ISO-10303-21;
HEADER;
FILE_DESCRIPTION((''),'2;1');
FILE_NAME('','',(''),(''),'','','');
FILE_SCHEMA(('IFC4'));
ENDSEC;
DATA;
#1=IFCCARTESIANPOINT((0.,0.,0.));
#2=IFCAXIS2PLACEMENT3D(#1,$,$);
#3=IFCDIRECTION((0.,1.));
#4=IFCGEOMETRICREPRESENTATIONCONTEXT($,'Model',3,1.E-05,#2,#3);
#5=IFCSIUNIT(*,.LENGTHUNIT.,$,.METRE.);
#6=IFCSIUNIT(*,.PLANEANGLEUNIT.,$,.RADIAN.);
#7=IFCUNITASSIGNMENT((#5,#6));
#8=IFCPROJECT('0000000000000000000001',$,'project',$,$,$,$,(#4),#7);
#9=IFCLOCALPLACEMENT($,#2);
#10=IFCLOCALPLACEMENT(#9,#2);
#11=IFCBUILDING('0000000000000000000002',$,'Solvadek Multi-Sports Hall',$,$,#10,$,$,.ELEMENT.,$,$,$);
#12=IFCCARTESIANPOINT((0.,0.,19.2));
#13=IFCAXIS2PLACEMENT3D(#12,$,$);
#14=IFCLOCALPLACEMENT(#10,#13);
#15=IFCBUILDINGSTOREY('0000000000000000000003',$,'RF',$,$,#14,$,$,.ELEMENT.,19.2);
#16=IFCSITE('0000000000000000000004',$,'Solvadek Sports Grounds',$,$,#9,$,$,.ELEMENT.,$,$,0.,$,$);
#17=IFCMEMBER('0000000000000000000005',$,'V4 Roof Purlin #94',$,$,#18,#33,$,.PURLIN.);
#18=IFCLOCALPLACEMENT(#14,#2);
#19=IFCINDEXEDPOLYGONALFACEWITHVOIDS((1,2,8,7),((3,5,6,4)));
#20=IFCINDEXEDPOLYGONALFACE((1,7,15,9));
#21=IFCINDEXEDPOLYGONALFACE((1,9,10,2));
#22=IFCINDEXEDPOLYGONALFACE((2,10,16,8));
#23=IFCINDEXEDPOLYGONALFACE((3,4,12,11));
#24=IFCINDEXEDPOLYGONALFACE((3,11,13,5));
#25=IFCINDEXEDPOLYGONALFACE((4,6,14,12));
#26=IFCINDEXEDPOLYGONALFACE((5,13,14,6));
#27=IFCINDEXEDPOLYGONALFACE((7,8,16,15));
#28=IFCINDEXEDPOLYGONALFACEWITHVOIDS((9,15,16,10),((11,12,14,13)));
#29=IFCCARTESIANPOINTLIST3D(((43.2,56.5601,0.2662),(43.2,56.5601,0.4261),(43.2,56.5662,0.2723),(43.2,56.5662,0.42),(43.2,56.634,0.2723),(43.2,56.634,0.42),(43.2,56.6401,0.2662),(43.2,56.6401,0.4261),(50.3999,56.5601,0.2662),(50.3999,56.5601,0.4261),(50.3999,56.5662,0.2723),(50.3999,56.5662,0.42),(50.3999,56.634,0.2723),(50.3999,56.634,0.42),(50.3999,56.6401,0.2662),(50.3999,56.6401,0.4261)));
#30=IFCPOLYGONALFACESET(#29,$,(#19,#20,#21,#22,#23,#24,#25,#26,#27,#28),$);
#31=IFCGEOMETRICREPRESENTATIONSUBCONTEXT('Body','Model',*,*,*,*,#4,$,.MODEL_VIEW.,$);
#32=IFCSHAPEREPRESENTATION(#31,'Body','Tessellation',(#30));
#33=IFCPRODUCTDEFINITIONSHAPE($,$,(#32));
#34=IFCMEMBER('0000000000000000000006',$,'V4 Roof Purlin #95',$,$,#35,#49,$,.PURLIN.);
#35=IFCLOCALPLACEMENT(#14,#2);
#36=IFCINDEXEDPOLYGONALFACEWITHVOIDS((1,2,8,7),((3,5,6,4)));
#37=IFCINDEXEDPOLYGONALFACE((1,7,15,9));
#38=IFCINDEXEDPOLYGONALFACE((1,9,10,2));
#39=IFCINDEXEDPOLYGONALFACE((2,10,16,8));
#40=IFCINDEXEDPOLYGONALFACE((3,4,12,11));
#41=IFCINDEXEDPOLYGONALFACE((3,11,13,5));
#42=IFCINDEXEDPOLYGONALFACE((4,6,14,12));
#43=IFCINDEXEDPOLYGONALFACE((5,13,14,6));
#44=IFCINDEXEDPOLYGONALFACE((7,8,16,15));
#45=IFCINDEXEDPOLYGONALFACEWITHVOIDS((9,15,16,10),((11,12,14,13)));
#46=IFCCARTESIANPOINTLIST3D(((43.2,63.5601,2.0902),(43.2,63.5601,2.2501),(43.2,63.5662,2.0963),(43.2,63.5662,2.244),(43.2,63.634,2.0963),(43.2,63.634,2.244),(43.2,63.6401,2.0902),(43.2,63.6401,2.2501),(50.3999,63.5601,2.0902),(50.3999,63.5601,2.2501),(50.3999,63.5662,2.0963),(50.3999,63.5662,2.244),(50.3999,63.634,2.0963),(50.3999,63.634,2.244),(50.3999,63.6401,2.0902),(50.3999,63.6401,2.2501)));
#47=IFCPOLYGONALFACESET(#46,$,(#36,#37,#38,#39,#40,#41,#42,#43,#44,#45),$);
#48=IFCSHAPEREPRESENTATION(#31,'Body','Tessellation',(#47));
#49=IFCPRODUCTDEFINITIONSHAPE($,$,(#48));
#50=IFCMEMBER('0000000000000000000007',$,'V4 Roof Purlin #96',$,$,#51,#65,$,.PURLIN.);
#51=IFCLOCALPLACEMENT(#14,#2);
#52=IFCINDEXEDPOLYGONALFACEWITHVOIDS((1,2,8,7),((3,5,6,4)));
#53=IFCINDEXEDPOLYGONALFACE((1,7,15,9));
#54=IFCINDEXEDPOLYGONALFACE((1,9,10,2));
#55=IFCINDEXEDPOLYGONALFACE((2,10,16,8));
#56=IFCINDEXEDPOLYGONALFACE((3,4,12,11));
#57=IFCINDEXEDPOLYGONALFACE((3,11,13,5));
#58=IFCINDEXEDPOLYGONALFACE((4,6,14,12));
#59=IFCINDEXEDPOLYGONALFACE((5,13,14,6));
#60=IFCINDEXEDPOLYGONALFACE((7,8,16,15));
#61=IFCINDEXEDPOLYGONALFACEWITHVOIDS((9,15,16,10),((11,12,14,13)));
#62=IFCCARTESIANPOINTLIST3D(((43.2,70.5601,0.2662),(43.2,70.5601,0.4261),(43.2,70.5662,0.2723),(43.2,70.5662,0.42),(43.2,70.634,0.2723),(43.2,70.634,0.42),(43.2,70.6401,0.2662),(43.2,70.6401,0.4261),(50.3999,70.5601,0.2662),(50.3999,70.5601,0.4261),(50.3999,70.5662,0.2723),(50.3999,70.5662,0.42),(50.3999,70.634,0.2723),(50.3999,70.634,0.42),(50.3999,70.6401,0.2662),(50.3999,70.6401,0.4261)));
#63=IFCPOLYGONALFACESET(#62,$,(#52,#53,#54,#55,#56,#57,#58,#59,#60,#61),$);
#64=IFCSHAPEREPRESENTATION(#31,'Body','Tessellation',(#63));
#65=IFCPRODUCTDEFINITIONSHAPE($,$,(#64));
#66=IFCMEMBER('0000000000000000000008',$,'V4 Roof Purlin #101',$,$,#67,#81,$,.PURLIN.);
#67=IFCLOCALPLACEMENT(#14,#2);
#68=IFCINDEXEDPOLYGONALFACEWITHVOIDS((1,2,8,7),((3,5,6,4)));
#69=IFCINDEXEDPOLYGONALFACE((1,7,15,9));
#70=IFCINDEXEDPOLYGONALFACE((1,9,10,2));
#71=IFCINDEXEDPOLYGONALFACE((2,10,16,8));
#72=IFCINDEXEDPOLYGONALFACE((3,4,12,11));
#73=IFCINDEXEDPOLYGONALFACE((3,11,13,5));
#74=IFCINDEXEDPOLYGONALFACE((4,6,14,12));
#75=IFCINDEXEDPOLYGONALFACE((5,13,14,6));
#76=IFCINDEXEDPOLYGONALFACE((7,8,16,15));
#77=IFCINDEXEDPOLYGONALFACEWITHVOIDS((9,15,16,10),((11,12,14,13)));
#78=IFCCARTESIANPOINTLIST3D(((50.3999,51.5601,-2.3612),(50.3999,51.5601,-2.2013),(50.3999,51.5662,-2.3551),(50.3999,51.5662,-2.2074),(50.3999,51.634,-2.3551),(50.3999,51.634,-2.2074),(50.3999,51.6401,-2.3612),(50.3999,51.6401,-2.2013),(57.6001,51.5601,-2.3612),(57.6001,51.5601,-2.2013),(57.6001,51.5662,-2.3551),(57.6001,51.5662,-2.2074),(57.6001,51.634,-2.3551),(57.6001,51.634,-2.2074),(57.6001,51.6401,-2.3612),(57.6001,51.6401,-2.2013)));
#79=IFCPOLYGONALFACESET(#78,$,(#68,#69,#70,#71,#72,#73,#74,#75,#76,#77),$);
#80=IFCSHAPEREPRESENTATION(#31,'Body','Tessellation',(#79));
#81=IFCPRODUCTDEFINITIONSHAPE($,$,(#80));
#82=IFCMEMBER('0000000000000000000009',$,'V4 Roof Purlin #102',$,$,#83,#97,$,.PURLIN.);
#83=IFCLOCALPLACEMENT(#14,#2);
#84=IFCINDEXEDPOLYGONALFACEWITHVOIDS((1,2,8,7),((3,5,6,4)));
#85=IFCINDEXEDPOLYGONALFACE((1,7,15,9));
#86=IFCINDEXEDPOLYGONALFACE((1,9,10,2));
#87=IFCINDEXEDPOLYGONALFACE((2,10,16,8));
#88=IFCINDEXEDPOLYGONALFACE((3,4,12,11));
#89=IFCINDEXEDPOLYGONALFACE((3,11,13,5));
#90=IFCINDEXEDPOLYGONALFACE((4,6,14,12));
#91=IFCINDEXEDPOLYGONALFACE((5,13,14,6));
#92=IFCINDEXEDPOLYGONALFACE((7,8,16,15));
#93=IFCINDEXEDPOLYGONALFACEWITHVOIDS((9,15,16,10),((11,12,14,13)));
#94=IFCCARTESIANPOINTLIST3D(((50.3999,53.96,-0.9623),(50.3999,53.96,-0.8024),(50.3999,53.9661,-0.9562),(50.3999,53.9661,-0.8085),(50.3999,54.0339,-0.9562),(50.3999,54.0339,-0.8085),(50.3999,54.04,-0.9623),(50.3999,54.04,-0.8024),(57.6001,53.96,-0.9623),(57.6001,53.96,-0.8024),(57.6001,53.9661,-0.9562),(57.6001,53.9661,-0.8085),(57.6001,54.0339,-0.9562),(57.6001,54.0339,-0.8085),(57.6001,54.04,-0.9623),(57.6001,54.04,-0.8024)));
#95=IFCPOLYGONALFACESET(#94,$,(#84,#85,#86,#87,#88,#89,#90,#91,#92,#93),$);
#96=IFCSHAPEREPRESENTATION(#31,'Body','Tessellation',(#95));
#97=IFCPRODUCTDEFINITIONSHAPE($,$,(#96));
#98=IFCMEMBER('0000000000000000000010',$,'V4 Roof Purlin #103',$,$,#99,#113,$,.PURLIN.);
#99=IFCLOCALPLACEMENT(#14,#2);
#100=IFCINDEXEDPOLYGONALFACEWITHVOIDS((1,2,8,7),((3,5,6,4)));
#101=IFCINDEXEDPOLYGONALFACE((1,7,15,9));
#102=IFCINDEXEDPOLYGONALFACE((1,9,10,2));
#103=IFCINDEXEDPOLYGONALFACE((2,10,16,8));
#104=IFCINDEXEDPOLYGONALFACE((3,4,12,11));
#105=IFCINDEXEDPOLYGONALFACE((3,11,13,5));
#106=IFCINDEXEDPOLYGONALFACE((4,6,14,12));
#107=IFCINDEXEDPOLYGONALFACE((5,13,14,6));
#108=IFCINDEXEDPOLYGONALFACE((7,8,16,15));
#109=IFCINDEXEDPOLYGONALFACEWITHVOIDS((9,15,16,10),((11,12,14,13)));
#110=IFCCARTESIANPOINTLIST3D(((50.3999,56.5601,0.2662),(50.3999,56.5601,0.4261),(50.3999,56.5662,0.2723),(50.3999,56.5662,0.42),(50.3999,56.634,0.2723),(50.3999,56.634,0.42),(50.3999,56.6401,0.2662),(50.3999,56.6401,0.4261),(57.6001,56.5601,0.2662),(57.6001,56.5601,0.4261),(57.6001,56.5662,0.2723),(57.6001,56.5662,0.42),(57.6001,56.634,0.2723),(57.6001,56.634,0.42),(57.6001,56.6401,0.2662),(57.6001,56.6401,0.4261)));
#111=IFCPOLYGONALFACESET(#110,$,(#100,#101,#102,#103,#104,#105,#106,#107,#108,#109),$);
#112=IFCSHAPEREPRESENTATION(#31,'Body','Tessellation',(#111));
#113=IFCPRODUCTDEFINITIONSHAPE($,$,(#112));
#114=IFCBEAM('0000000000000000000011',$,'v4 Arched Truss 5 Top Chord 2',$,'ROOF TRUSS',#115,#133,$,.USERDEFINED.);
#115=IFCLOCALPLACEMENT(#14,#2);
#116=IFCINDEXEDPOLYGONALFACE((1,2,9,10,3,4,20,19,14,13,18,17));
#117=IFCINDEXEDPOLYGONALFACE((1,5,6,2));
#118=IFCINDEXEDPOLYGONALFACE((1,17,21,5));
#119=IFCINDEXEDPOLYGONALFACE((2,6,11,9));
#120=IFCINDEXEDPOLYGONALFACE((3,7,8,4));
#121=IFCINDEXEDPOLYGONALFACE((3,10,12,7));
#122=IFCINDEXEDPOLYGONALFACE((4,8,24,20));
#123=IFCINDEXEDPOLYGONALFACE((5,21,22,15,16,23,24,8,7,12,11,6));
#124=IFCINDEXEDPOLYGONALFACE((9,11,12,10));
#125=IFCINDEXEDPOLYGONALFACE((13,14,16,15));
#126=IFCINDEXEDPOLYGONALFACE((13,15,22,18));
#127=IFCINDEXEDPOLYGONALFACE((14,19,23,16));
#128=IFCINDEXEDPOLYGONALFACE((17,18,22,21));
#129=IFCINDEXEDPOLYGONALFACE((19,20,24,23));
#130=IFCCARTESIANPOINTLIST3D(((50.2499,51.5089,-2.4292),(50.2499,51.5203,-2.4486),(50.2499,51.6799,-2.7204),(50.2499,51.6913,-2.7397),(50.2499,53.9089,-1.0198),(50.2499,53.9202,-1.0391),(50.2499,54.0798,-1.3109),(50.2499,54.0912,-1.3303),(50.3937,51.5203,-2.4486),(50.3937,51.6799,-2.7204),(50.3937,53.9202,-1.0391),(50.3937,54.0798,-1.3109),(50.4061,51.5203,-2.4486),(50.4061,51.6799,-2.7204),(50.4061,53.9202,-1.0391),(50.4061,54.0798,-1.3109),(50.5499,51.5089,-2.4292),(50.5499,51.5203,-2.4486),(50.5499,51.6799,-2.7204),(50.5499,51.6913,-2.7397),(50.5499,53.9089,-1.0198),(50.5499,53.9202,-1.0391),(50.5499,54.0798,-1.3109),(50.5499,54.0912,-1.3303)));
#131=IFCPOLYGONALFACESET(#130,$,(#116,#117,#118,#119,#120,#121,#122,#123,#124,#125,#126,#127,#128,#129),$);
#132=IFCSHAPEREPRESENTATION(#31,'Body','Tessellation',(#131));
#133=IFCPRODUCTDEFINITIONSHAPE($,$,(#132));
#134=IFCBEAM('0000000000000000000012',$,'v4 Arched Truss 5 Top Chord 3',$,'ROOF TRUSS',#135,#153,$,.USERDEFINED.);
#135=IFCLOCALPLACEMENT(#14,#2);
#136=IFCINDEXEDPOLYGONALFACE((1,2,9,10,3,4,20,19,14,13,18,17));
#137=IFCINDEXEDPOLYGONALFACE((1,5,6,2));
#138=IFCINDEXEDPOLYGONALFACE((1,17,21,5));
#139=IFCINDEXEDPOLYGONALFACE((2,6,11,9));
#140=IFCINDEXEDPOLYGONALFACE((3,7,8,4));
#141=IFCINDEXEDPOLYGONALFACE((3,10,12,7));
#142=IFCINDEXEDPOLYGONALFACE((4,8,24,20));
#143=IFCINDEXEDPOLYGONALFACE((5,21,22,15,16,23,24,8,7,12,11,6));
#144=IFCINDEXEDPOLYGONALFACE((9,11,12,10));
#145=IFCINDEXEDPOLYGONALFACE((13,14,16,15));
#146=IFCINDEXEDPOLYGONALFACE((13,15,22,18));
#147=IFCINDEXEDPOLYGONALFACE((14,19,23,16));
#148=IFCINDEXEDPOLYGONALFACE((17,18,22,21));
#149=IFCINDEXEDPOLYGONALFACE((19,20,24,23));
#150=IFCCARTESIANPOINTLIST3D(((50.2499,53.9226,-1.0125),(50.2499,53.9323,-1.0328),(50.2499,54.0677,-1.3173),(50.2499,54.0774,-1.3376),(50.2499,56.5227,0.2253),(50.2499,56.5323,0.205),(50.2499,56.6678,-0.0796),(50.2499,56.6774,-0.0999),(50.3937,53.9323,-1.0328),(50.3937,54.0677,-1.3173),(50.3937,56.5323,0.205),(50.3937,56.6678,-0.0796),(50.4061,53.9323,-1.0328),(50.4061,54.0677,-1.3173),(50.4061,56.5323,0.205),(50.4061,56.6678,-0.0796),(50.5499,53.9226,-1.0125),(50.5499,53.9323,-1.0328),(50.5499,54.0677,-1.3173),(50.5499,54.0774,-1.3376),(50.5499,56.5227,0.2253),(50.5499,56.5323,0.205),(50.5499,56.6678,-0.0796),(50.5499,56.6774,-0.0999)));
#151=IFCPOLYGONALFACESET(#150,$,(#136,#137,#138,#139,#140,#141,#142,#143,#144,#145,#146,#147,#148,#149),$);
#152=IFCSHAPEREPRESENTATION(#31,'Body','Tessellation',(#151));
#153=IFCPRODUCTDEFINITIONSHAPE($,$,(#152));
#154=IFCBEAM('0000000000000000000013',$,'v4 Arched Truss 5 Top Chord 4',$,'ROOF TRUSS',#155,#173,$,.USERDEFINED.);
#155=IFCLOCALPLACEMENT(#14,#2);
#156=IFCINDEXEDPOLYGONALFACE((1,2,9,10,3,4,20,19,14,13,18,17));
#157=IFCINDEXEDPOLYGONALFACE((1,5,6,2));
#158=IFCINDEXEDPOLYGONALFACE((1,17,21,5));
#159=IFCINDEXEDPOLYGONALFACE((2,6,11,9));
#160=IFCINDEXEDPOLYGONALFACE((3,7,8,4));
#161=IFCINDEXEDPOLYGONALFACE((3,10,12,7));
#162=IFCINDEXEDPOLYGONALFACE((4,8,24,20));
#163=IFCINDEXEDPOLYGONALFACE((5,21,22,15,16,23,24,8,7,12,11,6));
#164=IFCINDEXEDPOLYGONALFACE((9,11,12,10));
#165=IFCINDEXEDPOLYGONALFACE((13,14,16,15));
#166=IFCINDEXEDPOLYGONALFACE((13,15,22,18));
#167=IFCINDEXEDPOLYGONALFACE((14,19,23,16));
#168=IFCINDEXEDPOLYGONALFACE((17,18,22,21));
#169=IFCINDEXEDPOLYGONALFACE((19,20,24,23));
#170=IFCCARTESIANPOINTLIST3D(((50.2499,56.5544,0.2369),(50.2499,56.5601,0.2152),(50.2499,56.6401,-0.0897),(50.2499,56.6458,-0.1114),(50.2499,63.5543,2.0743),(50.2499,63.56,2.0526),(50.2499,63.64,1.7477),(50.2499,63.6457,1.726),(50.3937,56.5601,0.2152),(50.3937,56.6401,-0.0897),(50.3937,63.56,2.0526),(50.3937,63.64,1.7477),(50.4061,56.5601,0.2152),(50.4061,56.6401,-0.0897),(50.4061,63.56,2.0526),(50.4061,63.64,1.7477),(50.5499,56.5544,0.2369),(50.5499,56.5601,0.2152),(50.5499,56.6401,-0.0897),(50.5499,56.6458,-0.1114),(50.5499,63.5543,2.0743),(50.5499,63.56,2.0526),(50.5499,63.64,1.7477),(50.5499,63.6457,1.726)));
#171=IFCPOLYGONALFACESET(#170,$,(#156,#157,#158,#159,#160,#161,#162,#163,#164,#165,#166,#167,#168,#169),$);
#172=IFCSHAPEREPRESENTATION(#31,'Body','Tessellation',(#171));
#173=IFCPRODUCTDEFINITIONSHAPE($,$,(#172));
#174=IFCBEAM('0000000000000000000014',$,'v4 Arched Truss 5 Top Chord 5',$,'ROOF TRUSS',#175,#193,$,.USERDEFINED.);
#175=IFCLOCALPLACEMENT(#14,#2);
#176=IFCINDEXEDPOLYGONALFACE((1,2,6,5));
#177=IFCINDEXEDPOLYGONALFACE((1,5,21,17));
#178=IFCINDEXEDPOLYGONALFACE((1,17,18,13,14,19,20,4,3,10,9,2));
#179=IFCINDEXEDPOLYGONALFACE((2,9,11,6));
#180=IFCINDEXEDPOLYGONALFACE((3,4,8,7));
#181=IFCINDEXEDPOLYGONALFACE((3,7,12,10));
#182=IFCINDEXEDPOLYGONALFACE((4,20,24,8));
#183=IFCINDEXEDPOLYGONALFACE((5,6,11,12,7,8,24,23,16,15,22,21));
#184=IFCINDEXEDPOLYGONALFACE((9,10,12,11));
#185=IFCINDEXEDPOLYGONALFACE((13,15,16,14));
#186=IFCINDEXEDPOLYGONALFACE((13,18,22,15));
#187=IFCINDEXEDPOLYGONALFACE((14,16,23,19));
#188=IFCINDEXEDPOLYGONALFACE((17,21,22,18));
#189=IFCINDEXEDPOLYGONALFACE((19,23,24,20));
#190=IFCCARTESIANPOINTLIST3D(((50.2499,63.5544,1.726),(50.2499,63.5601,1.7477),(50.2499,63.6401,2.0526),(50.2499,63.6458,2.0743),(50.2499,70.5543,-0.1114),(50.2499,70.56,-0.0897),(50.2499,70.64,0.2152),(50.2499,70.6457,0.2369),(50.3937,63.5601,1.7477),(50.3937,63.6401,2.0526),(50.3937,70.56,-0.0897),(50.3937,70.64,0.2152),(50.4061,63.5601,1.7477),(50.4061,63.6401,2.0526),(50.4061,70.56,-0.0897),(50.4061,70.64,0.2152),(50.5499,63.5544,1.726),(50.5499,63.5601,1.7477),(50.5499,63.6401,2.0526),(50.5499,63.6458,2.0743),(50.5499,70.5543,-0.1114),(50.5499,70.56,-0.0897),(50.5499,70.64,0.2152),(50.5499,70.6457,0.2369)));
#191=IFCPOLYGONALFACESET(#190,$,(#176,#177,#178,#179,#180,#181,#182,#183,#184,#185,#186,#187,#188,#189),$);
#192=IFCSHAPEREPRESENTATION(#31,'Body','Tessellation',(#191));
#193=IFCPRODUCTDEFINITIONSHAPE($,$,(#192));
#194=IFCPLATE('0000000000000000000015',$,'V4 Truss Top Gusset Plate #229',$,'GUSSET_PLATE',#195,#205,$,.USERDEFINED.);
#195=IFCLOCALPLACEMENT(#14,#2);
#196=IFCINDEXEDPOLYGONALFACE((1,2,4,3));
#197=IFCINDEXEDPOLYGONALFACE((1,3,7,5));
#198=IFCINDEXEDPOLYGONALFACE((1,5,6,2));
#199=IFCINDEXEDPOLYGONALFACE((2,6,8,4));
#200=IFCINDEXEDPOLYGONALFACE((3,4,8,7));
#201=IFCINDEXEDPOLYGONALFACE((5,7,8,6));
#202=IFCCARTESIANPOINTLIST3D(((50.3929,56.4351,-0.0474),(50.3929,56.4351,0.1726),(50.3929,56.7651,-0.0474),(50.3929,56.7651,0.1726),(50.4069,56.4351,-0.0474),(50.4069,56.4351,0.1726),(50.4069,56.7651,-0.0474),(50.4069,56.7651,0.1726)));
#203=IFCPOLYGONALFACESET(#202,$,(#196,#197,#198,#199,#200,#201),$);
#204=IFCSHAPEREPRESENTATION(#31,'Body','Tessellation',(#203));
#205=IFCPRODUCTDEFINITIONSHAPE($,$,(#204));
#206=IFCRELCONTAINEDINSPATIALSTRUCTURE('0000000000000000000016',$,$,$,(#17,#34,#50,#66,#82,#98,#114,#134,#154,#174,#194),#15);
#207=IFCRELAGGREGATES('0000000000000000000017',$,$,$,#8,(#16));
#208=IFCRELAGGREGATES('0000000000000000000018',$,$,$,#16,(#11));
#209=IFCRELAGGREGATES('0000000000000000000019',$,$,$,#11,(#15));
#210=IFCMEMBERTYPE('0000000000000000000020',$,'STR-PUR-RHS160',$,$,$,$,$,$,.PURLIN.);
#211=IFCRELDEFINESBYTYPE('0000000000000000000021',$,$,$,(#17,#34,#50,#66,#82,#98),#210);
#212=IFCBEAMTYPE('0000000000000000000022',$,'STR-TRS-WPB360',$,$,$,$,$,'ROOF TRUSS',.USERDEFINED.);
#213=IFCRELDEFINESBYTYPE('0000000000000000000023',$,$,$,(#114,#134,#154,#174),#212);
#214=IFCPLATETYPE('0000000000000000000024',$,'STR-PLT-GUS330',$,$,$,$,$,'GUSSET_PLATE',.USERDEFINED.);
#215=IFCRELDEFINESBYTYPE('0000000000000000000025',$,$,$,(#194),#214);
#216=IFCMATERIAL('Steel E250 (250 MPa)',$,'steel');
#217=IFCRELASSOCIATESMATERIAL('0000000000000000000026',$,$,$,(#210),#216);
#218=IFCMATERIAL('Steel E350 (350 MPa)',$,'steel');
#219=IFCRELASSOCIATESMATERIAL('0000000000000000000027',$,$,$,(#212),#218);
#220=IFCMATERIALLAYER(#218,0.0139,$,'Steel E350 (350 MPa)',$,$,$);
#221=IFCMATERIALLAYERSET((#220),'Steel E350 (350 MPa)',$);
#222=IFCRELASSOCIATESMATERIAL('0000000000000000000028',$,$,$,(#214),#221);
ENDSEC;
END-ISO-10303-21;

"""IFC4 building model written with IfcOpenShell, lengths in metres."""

from ifc_helpers import new_model, si_unit, direction, frame, origin, origin_2d, place, context, subcontext, project, spatial, rectangle, hollow_rectangle, i_section, extrude, material, layer, layer_set, material_profile, profile_set, type_object, element, save


model = new_model("IFC4")

# Units and contexts
model_context = context("Model", 3, precision=1e-05, world=origin(), true_north=direction((0.0, 1.0)))
body_context = subcontext(model_context, "Body", "Model", "MODEL_VIEW")
ifc_project = project(units=[si_unit("LENGTHUNIT", "METRE"), si_unit("PLANEANGLEUNIT", "RADIAN")], contexts=[model_context])

# Site, building, storey
site_placement = place(None, origin())
site = spatial("IfcSite", under=ifc_project, at=site_placement, Name="Solvadek Sports Grounds", CompositionType="ELEMENT", RefElevation=0.0)
building_placement = place(site_placement, origin())
building = spatial("IfcBuilding", under=site, at=building_placement, Name="Solvadek Multi-Sports Hall", CompositionType="ELEMENT")
storey_placement = place(building_placement, frame((0.0, 0.0, 19.2)))
storey = spatial("IfcBuildingStorey", under=building, at=storey_placement, Name="RF", CompositionType="ELEMENT", Elevation=19.2)

# Members
ifc_material_1 = material(Name="Steel E350 (350 MPa)", Category="steel")
ifc_material_2 = material(Name="Steel E250 (250 MPa)", Category="steel")
ifc_material_profile_1 = material_profile(ifc_material_2, hollow_rectangle(XDim=0.0801, YDim=0.1599, WallThickness=0.0061, at=origin_2d()), Name="RHS 160x80x6")
ifc_profile_set_1 = profile_set([ifc_material_profile_1], Name="Steel E250 (250 MPa)")
member_type_1 = type_object("IfcMemberType", Name="STR-PUR-RHS160", PredefinedType="PURLIN", material=ifc_profile_set_1)
for number, where, z_axis, x_axis, name in (
    (1, (43.2, 56.6001, 0.3462), (1.0, 0.0, 0.0), (0.0, 1.0, 0.0), "V4 Roof Purlin #94"),
    (2, (43.2, 63.6001, 2.1702), (1.0, 0.0, 0.0), (0.0, 1.0, 0.0), "V4 Roof Purlin #95"),
    (3, (43.2, 70.6001, 0.3462), (1.0, 0.0, 0.0), (0.0, 1.0, 0.0), "V4 Roof Purlin #96"),
):
    element("IfcMember", number, at=place(storey_placement, frame(where, z_axis=z_axis, x_axis=x_axis)), inside=storey, type_object=member_type_1, Name=name, PredefinedType="PURLIN", context=body_context, shape_type="SweptSolid", body=[
        extrude(hollow_rectangle(XDim=0.0801, YDim=0.1599, WallThickness=0.0061, at=origin_2d()), origin(), (0.0, 0.0, 1.0), 7.2),
    ])
for number, where, z_axis, x_axis, name in (
    (4, (50.3999, 51.6001, -2.2812), (1.0, 0.0, 0.0), (0.0, 1.0, 0.0), "V4 Roof Purlin #101"),
    (5, (50.3999, 54.0, -0.8823), (1.0, 0.0, 0.0), (0.0, 1.0, 0.0), "V4 Roof Purlin #102"),
    (6, (50.3999, 56.6001, 0.3462), (1.0, 0.0, 0.0), (0.0, 1.0, 0.0), "V4 Roof Purlin #103"),
):
    element("IfcMember", number, at=place(storey_placement, frame(where, z_axis=z_axis, x_axis=x_axis)), inside=storey, type_object=member_type_1, Name=name, PredefinedType="PURLIN", context=body_context, shape_type="SweptSolid", body=[
        extrude(hollow_rectangle(XDim=0.0801, YDim=0.1599, WallThickness=0.0061, at=origin_2d()), origin(), (0.0, 0.0, 1.0), 7.2002),
    ])

# Beams
ifc_material_profile_2 = material_profile(ifc_material_1, i_section(OverallWidth=0.3, OverallDepth=0.3601, WebThickness=0.0125, FlangeThickness=0.0225, at=origin_2d()), Name="WPB 360")
ifc_profile_set_2 = profile_set([ifc_material_profile_2], Name="Steel E350 (350 MPa)")
beam_type = type_object("IfcBeamType", Name="STR-TRS-WPB360", ElementType="ROOF TRUSS", PredefinedType="USERDEFINED", material=ifc_profile_set_2)
beam_1_placement = place(storey_placement, frame((50.3999, 51.6001, -2.5845), z_axis=(0.0, 0.862293, 0.50641), x_axis=(-1.0, 0.0, 0.0)))
element("IfcBeam", 7, at=beam_1_placement, inside=storey, type_object=beam_type, Name="v4 Arched Truss 5 Top Chord 2", ObjectType="ROOF TRUSS", PredefinedType="USERDEFINED", context=body_context, shape_type="SweptSolid", body=[
    extrude(i_section(OverallWidth=0.3, OverallDepth=0.3601, WebThickness=0.0125, FlangeThickness=0.0225, at=origin_2d()), origin(), (0.0, 0.0, 1.0), 2.7832),
])
beam_2_placement = place(storey_placement, frame((50.3999, 54.0, -1.175), z_axis=(0.0, 0.902908, 0.429835), x_axis=(-1.0, 0.0, 0.0)))
element("IfcBeam", 8, at=beam_2_placement, inside=storey, type_object=beam_type, Name="v4 Arched Truss 5 Top Chord 3", ObjectType="ROOF TRUSS", PredefinedType="USERDEFINED", context=body_context, shape_type="SweptSolid", body=[
    extrude(i_section(OverallWidth=0.3, OverallDepth=0.3601, WebThickness=0.0125, FlangeThickness=0.0225, at=origin_2d()), origin(), (0.0, 0.0, 1.0), 2.8796),
])
for number, where, z_axis, x_axis, name in (
    (9, (50.3999, 56.6001, 0.0627), (0.0, 0.967234, 0.253886), (-1.0, 0.0, 0.0), "v4 Arched Truss 5 Top Chord 4"),
    (10, (50.3999, 63.6001, 1.9001), (0.0, 0.967234, -0.253886), (-1.0, 0.0, 0.0), "v4 Arched Truss 5 Top Chord 5"),
):
    element("IfcBeam", number, at=place(storey_placement, frame(where, z_axis=z_axis, x_axis=x_axis)), inside=storey, type_object=beam_type, Name=name, ObjectType="ROOF TRUSS", PredefinedType="USERDEFINED", context=body_context, shape_type="SweptSolid", body=[
        extrude(i_section(OverallWidth=0.3, OverallDepth=0.3601, WebThickness=0.0125, FlangeThickness=0.0225, at=origin_2d()), origin(), (0.0, 0.0, 1.0), 7.2371),
    ])

# Plate
ifc_layer_1 = layer(ifc_material_1, 0.0139, Name="Steel E350 (350 MPa)")
ifc_layer_set_1 = layer_set([ifc_layer_1], Name="Steel E350 (350 MPa)")
plate_type_1 = type_object("IfcPlateType", Name="STR-PLT-GUS330", ElementType="GUSSET_PLATE", PredefinedType="USERDEFINED", material=ifc_layer_set_1)
for number, where, z_axis, x_axis, name in (
    (11, (50.3999, 56.6001, -0.0474), (0.0, 0.0, 1.0), (0.0, 1.0, 0.0), "V4 Truss Top Gusset Plate #229"),
):
    element("IfcPlate", number, at=place(storey_placement, frame(where, z_axis=z_axis, x_axis=x_axis)), inside=storey, type_object=plate_type_1, Name=name, ObjectType="GUSSET_PLATE", PredefinedType="USERDEFINED", context=body_context, shape_type="SweptSolid", body=[
        extrude(rectangle(XDim=0.3301, YDim=0.0139, at=origin_2d()), origin(), (0.0, 0.0, 1.0), 0.22),
    ])

save(model, "model.ifc")
